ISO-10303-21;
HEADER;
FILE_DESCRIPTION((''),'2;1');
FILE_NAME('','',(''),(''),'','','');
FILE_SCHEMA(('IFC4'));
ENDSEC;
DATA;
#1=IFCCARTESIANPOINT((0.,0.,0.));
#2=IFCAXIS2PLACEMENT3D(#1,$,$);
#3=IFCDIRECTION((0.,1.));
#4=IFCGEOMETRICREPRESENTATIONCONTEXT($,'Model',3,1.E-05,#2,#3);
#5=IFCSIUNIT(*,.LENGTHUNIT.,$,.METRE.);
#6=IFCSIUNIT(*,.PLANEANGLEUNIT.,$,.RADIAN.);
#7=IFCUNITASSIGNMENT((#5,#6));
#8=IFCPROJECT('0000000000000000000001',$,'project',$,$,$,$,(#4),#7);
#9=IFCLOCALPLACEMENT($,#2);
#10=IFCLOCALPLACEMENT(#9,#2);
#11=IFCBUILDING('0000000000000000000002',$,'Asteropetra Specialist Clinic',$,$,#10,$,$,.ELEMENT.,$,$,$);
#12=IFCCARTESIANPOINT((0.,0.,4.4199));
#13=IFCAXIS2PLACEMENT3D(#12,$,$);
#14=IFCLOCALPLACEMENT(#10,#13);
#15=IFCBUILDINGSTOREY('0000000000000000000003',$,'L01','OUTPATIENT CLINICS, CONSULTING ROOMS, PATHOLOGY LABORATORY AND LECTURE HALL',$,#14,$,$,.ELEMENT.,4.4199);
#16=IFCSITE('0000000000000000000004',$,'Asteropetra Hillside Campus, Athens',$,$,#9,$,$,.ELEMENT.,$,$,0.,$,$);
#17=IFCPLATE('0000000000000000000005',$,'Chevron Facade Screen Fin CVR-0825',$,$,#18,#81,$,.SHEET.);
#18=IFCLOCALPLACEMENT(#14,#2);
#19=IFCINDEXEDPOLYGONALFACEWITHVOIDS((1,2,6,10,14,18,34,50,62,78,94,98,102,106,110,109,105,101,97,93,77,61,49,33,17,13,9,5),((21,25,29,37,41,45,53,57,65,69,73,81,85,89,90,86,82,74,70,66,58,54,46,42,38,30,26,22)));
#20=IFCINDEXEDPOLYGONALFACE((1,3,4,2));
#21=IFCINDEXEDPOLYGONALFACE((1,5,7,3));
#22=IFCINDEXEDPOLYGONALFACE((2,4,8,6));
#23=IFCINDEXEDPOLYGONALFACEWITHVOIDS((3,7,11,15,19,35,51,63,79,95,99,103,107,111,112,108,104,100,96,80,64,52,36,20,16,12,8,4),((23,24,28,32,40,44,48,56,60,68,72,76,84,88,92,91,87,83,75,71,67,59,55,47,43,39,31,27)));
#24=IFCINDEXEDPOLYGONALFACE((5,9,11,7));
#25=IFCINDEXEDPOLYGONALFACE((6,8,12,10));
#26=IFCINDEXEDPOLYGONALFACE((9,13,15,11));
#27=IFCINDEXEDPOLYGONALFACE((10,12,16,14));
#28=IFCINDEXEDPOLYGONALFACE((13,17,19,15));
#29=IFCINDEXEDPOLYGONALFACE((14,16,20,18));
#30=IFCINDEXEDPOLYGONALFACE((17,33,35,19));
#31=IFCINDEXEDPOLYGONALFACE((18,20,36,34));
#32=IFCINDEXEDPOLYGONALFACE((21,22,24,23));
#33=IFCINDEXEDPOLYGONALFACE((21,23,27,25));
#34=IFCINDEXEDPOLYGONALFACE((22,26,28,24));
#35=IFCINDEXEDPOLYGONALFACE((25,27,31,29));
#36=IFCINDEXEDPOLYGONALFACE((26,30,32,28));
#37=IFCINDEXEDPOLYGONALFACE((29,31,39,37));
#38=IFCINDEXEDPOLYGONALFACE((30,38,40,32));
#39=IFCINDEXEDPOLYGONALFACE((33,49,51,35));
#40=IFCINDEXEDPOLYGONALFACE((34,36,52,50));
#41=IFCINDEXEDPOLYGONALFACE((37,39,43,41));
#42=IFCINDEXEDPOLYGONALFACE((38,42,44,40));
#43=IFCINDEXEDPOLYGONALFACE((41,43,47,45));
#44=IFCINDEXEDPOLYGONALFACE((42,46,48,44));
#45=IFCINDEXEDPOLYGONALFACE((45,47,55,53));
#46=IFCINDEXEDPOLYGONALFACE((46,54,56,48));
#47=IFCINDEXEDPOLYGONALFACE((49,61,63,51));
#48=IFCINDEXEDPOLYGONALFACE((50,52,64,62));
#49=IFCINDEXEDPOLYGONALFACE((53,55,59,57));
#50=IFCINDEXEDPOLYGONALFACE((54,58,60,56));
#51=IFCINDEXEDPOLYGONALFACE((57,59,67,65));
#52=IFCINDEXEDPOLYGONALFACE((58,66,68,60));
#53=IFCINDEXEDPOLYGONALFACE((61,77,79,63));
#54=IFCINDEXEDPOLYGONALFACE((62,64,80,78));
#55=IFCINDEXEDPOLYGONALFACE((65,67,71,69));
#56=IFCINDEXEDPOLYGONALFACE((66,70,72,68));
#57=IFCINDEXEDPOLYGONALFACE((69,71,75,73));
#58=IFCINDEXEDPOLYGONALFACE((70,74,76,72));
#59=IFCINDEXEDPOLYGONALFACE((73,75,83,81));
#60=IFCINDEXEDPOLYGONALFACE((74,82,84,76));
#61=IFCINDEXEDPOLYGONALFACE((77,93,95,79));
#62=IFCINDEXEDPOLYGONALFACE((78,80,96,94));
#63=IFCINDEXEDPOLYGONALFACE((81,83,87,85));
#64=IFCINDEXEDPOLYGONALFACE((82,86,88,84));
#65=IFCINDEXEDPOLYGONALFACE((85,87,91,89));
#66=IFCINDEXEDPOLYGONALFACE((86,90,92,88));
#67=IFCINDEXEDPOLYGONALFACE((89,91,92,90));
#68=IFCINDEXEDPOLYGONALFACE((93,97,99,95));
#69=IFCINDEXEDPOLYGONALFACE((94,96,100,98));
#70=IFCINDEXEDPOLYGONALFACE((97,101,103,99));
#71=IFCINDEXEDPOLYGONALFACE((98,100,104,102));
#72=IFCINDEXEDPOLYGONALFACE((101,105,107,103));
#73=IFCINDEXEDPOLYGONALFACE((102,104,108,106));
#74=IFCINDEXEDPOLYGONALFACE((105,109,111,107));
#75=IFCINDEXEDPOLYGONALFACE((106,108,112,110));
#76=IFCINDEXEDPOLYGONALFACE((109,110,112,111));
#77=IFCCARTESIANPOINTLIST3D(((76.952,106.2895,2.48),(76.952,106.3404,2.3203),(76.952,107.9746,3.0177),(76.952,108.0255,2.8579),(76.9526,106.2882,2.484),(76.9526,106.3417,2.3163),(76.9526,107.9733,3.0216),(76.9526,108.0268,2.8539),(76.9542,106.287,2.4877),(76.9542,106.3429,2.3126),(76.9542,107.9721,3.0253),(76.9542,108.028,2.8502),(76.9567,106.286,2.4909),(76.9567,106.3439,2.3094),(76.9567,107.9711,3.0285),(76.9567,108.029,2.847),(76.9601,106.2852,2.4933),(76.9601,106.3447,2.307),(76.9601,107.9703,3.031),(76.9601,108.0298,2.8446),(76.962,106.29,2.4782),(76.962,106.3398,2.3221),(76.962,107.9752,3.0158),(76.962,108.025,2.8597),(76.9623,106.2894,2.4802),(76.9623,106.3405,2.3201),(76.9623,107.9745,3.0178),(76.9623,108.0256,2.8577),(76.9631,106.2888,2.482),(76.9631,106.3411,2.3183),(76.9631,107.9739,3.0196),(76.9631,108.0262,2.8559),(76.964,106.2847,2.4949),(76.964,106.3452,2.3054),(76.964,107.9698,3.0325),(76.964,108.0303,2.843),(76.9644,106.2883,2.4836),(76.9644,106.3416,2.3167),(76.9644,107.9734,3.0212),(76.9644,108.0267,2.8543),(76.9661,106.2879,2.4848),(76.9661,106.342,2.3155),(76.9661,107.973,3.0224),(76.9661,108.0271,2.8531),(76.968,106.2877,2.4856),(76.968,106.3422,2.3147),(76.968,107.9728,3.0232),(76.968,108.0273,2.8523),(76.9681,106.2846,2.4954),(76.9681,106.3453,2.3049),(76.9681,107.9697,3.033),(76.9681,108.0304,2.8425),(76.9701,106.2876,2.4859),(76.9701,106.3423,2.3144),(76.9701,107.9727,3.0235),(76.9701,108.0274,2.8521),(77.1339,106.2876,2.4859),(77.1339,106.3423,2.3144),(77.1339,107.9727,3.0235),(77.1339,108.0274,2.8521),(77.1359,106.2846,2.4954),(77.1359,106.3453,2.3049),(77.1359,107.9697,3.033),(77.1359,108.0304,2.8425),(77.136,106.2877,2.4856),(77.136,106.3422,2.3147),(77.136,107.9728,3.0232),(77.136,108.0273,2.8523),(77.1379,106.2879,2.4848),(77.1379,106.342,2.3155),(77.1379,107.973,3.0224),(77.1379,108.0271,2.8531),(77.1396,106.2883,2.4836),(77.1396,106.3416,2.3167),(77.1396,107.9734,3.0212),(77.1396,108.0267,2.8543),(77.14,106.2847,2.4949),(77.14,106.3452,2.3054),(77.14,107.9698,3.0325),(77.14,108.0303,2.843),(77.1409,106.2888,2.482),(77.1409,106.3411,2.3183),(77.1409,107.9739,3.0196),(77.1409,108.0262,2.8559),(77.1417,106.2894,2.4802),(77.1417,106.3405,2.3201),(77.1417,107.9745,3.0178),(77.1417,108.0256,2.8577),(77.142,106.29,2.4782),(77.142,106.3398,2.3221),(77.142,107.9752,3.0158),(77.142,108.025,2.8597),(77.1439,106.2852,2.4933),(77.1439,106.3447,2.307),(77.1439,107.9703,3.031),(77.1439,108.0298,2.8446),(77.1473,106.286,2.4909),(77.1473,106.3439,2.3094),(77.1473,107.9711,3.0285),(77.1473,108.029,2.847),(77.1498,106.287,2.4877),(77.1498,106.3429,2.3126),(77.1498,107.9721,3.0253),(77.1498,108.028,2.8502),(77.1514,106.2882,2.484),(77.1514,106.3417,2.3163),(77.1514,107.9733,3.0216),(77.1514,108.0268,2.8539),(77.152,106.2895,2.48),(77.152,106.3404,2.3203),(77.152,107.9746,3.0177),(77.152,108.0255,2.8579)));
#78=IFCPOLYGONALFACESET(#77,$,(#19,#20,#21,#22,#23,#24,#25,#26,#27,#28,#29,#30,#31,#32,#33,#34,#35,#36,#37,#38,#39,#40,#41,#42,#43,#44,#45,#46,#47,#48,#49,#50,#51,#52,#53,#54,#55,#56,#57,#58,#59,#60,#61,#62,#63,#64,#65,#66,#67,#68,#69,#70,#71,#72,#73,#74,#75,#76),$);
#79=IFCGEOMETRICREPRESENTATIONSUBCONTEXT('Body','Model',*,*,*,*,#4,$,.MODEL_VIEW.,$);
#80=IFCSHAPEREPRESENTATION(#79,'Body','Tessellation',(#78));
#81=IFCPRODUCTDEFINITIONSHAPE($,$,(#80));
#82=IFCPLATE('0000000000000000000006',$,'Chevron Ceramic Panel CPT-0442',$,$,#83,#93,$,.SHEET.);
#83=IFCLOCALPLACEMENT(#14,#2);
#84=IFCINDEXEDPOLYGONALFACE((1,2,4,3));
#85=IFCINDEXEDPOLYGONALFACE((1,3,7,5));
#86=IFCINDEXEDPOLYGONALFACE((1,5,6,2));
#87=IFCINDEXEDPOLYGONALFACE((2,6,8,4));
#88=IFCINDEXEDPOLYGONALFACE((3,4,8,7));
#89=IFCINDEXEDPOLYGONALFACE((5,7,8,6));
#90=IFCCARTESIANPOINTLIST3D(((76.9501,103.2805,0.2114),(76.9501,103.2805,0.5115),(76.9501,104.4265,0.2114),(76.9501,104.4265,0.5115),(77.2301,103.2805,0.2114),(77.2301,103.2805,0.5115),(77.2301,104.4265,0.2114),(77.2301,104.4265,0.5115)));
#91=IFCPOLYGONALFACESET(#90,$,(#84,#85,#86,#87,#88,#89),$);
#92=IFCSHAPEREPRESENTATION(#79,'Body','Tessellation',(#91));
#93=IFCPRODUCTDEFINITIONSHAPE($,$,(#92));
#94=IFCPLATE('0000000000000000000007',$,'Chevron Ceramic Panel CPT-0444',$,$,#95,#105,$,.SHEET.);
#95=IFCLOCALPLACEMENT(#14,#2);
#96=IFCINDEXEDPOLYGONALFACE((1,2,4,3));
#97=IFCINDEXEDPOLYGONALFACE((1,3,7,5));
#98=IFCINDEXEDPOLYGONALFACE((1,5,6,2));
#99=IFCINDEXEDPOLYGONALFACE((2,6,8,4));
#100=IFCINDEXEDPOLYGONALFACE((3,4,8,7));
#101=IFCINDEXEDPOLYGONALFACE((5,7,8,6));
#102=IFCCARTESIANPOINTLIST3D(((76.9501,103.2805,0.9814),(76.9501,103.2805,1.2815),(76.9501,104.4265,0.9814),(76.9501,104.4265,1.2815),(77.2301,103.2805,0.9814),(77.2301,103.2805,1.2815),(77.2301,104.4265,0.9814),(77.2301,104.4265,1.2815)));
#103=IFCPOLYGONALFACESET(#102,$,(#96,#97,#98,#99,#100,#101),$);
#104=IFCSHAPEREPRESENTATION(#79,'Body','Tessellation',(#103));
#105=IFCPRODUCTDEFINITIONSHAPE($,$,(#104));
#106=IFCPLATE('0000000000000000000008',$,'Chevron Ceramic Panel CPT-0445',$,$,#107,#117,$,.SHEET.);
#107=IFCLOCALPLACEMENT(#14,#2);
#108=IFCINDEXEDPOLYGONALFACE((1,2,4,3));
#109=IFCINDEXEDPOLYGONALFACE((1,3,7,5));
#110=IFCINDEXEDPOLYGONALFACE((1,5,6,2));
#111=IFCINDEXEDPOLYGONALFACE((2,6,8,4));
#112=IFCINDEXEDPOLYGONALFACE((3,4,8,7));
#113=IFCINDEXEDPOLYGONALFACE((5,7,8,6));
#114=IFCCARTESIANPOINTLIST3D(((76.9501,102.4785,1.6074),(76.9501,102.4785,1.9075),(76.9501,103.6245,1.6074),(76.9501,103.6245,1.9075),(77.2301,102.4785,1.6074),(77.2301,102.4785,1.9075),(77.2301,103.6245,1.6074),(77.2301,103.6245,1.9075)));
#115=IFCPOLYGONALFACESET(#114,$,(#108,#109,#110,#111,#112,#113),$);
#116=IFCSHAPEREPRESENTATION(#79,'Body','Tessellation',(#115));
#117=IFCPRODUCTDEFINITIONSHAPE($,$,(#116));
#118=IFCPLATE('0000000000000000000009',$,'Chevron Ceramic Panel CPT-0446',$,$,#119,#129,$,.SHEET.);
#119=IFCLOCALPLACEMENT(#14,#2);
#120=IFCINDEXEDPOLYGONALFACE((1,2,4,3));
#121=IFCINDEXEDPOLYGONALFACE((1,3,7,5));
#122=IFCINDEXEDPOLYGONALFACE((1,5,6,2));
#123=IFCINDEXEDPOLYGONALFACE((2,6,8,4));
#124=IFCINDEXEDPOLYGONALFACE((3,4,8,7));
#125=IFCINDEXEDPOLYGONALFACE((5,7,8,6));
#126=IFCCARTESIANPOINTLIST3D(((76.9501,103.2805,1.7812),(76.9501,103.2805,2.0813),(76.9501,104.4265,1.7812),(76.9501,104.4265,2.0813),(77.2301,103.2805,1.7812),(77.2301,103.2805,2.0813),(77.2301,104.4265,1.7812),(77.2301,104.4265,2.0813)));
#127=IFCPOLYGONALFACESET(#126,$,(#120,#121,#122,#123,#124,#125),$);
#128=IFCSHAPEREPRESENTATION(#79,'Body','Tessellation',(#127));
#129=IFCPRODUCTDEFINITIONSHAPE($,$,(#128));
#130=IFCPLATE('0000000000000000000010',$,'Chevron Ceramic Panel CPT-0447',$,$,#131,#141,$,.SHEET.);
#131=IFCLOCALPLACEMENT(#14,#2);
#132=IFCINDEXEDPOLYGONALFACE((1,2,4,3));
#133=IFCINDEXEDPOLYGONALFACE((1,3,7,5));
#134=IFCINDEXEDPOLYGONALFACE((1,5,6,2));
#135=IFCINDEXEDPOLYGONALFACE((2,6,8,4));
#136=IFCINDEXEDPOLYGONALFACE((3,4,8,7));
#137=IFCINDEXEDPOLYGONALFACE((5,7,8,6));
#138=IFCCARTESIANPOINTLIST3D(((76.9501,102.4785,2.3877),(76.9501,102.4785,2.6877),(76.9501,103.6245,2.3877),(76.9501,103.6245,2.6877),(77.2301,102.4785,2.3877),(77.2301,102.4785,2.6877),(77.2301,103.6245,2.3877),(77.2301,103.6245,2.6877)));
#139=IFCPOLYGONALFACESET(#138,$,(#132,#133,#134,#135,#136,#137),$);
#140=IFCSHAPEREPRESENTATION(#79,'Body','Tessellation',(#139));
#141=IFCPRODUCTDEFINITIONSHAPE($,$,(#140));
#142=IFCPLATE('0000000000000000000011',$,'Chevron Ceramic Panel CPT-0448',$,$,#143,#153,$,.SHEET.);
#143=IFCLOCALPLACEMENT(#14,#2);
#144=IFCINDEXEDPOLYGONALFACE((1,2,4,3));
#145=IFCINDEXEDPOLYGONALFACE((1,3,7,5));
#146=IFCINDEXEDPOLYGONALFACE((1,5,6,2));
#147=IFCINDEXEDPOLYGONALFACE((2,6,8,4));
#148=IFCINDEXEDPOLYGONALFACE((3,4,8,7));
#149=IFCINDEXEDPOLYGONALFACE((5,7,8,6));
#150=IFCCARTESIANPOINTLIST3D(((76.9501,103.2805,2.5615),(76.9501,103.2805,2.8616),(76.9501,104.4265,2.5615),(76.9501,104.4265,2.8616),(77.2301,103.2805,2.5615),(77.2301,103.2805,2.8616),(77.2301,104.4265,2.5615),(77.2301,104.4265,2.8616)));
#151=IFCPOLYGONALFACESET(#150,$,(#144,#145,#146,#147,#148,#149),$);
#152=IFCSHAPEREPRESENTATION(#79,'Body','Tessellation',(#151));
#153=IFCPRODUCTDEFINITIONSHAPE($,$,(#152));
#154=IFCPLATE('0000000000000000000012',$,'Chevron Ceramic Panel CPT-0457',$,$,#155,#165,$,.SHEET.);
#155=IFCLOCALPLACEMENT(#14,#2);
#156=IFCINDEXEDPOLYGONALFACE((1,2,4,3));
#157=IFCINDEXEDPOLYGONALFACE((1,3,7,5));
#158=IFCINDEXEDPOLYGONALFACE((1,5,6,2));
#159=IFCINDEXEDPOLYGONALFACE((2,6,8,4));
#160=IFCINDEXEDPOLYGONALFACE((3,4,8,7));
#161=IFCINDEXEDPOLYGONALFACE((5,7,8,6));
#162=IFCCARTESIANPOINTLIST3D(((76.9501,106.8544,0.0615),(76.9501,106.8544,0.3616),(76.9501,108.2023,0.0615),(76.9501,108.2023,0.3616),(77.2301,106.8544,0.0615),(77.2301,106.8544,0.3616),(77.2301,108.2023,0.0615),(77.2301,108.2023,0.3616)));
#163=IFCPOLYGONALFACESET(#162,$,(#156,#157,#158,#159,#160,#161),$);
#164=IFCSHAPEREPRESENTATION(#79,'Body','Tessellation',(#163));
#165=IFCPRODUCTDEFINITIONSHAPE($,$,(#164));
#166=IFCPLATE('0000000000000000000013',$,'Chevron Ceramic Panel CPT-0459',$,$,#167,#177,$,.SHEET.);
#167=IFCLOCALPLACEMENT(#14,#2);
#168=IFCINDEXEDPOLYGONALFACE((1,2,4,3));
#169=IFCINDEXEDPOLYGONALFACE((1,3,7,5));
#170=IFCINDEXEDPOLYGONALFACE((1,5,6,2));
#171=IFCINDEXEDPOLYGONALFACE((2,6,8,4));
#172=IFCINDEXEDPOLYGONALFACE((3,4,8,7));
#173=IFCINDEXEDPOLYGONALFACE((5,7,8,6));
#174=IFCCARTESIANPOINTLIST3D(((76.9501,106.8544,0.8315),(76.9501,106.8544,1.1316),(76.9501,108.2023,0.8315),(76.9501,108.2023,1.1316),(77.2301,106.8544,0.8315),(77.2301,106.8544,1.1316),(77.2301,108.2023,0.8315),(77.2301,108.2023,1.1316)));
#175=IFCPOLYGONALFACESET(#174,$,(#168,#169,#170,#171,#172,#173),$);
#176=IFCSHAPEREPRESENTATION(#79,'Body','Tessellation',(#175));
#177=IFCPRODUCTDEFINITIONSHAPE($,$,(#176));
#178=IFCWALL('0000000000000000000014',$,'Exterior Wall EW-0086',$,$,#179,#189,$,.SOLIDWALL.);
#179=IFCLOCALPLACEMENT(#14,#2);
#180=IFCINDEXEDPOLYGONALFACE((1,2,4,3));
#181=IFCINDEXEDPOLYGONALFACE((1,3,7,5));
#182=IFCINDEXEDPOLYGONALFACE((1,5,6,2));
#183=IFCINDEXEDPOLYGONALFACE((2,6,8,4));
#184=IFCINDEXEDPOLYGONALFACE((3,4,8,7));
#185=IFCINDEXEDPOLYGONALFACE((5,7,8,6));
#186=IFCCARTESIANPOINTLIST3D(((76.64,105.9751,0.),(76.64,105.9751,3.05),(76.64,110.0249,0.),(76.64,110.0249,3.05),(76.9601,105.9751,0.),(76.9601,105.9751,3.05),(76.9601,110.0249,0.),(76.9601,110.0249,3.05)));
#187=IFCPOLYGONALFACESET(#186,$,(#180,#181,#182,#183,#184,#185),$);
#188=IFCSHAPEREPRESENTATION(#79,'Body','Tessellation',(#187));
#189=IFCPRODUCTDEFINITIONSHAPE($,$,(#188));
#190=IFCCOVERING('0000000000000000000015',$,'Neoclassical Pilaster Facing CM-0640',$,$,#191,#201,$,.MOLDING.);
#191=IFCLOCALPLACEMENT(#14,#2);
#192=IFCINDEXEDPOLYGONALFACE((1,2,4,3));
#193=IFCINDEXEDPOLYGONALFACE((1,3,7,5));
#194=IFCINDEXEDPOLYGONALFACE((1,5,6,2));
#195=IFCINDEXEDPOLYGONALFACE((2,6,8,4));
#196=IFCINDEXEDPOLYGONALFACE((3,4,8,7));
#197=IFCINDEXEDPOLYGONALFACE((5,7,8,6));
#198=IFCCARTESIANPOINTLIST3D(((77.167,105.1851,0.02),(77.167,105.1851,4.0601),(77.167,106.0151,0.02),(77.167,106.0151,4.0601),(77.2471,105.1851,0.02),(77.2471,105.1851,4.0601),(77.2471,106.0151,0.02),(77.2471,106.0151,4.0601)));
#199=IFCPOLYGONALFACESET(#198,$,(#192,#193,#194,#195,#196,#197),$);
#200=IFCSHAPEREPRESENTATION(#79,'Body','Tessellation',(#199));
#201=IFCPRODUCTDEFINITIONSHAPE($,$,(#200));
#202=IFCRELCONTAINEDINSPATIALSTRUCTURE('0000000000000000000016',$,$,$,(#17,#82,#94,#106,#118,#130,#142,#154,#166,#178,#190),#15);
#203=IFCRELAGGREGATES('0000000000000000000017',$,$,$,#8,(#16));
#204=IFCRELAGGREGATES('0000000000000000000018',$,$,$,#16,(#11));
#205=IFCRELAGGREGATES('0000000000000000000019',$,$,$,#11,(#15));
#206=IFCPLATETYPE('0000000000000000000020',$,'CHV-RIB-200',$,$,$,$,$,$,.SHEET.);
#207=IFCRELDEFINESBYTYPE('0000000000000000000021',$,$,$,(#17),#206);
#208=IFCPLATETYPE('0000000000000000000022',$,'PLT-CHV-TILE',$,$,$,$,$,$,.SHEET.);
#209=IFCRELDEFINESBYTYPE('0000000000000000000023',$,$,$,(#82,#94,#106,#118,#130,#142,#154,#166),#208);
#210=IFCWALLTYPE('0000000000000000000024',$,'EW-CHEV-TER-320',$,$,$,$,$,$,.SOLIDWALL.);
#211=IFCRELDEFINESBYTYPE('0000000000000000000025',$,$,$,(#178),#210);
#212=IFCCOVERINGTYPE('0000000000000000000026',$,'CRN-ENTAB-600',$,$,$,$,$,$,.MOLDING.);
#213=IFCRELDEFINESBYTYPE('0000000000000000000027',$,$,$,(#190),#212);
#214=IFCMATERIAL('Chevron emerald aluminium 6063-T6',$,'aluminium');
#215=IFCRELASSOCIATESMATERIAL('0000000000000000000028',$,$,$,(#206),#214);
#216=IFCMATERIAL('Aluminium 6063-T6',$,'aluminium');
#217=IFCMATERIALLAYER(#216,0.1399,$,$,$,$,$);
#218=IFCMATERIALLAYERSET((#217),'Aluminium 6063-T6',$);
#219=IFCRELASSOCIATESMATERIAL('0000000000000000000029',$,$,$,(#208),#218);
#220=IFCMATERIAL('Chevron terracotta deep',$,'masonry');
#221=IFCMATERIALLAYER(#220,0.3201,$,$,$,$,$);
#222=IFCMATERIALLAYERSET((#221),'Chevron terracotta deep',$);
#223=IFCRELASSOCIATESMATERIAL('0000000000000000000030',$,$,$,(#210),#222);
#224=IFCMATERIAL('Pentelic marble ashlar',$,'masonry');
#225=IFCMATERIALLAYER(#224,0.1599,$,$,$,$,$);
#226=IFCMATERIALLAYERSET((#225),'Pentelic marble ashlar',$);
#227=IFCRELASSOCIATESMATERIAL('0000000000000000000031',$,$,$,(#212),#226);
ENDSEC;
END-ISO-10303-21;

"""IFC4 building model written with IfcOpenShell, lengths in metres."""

from ifc_helpers import new_model, si_unit, direction, frame, frame_2d, origin, origin_2d, place, context, subcontext, project, spatial, rectangle, hollow_rectangle, extrude, material, layer, layer_set, material_profile, profile_set, type_object, element, save


model = new_model("IFC4")

# Units and contexts
model_context = context("Model", 3, precision=1e-05, world=origin(), true_north=direction((0.0, 1.0)))
body_context = subcontext(model_context, "Body", "Model", "MODEL_VIEW")
ifc_project = project(units=[si_unit("LENGTHUNIT", "METRE"), si_unit("PLANEANGLEUNIT", "RADIAN")], contexts=[model_context])

# Site, building, storey
site_placement = place(None, origin())
site = spatial("IfcSite", under=ifc_project, at=site_placement, Name="Asteropetra Hillside Campus, Athens", CompositionType="ELEMENT", RefElevation=0.0)
building_placement = place(site_placement, origin())
building = spatial("IfcBuilding", under=site, at=building_placement, Name="Asteropetra Specialist Clinic", CompositionType="ELEMENT")
storey_placement = place(building_placement, frame((0.0, 0.0, 4.4199)))
storey = spatial("IfcBuildingStorey", under=building, at=storey_placement, Name="L01", Description="OUTPATIENT CLINICS, CONSULTING ROOMS, PATHOLOGY LABORATORY AND LECTURE HALL", CompositionType="ELEMENT", Elevation=4.4199)

# Plates
ifc_material_1 = material(Name="Chevron emerald aluminium 6063-T6", Category="aluminium")
ifc_material_profile_1 = material_profile(ifc_material_1, hollow_rectangle(XDim=0.2, YDim=0.2, WallThickness=0.01, InnerFilletRadius=0.0081, OuterFilletRadius=0.0161, at=origin_2d()), Name="SHS 200x200x10.0")
ifc_profile_set_1 = profile_set([ifc_material_profile_1], Name="Chevron emerald aluminium 6063-T6")
plate_type_1 = type_object("IfcPlateType", Name="CHV-RIB-200", PredefinedType="SHEET", material=ifc_profile_set_1)
for number, where, z_axis, x_axis, name in (
    (1, (77.052, 106.3149, 2.4001), (0.0, 0.95269, 0.303944), (-1.0, 0.0, 0.0), "Chevron Facade Screen Fin CVR-0825"),
):
    element("IfcPlate", number, at=place(storey_placement, frame(where, z_axis=z_axis, x_axis=x_axis)), inside=storey, type_object=plate_type_1, Name=name, PredefinedType="SHEET", context=body_context, shape_type="SweptSolid", body=[
        extrude(hollow_rectangle(XDim=0.2, YDim=0.2, WallThickness=0.01, InnerFilletRadius=0.0081, OuterFilletRadius=0.0161, at=origin_2d()), origin(), (0.0, 0.0, 1.0), 1.7688),
    ])
ifc_material_2 = material(Name="Aluminium 6063-T6", Category="aluminium")
ifc_layer_1 = layer(ifc_material_2, 0.1399)
ifc_layer_set_1 = layer_set([ifc_layer_1], Name="Aluminium 6063-T6")
plate_type_2 = type_object("IfcPlateType", Name="PLT-CHV-TILE", PredefinedType="SHEET", material=ifc_layer_set_1)
for number, where, z_axis, x_axis, name in (
    (2, (77.0901, 103.8535, 0.2114), (0.0, 0.0, 1.0), (1.0, 0.0, 0.0), "Chevron Ceramic Panel CPT-0442"),
    (3, (77.0901, 103.8535, 0.9814), (0.0, 0.0, 1.0), (1.0, 0.0, 0.0), "Chevron Ceramic Panel CPT-0444"),
    (4, (77.0901, 103.0515, 1.6074), (0.0, 0.0, 1.0), (1.0, 0.0, 0.0), "Chevron Ceramic Panel CPT-0445"),
    (5, (77.0901, 103.8535, 1.7812), (0.0, 0.0, 1.0), (1.0, 0.0, 0.0), "Chevron Ceramic Panel CPT-0446"),
    (6, (77.0901, 103.0515, 2.3877), (0.0, 0.0, 1.0), (1.0, 0.0, 0.0), "Chevron Ceramic Panel CPT-0447"),
    (7, (77.0901, 103.8535, 2.5615), (0.0, 0.0, 1.0), (1.0, 0.0, 0.0), "Chevron Ceramic Panel CPT-0448"),
):
    element("IfcPlate", number, at=place(storey_placement, frame(where, z_axis=z_axis, x_axis=x_axis)), inside=storey, type_object=plate_type_2, Name=name, PredefinedType="SHEET", context=body_context, shape_type="SweptSolid", body=[
        extrude(rectangle(XDim=0.28, YDim=1.146, at=origin_2d()), origin(), (0.0, 0.0, 1.0), 0.3),
    ])
for number, where, z_axis, x_axis, name in (
    (8, (77.0901, 107.5283, 0.0615), (0.0, 0.0, 1.0), (1.0, 0.0, 0.0), "Chevron Ceramic Panel CPT-0457"),
    (9, (77.0901, 107.5283, 0.8315), (0.0, 0.0, 1.0), (1.0, 0.0, 0.0), "Chevron Ceramic Panel CPT-0459"),
):
    element("IfcPlate", number, at=place(storey_placement, frame(where, z_axis=z_axis, x_axis=x_axis)), inside=storey, type_object=plate_type_2, Name=name, PredefinedType="SHEET", context=body_context, shape_type="SweptSolid", body=[
        extrude(rectangle(XDim=0.28, YDim=1.3479, at=origin_2d()), origin(), (0.0, 0.0, 1.0), 0.3),
    ])

# Wall
ifc_material_3 = material(Name="Chevron terracotta deep", Category="masonry")
ifc_layer_2 = layer(ifc_material_3, 0.3201)
ifc_layer_set_2 = layer_set([ifc_layer_2], Name="Chevron terracotta deep")
wall_type = type_object("IfcWallType", Name="EW-CHEV-TER-320", PredefinedType="SOLIDWALL", material=ifc_layer_set_2)
wall_placement = place(storey_placement, frame((76.8, 105.9751, 0.0), z_axis=(0.0, 0.0, 1.0), x_axis=(0.0, 1.0, 0.0)))
element("IfcWall", 10, at=wall_placement, inside=storey, type_object=wall_type, Name="Exterior Wall EW-0086", PredefinedType="SOLIDWALL", context=body_context, shape_type="SweptSolid", body=[
    extrude(rectangle(XDim=4.0498, YDim=0.3201, at=frame_2d((2.0249, 0.0))), origin(), (0.0, 0.0, 1.0), 3.05),
])

# Covering
ifc_material_4 = material(Name="Pentelic marble ashlar", Category="masonry")
ifc_layer_3 = layer(ifc_material_4, 0.1599)
ifc_layer_set_3 = layer_set([ifc_layer_3], Name="Pentelic marble ashlar")
covering_type = type_object("IfcCoveringType", Name="CRN-ENTAB-600", PredefinedType="MOLDING", material=ifc_layer_set_3)
covering_placement = place(storey_placement, frame((77.207, 105.6001, 0.02), z_axis=(0.0, 0.0, 1.0), x_axis=(1.0, 0.0, 0.0)))
element("IfcCovering", 11, at=covering_placement, inside=storey, type_object=covering_type, Name="Neoclassical Pilaster Facing CM-0640", PredefinedType="MOLDING", context=body_context, shape_type="SweptSolid", body=[
    extrude(rectangle(XDim=0.0801, YDim=0.8301, at=origin_2d()), origin(), (0.0, 0.0, 1.0), 4.04),
])

save(model, "model.ifc")
